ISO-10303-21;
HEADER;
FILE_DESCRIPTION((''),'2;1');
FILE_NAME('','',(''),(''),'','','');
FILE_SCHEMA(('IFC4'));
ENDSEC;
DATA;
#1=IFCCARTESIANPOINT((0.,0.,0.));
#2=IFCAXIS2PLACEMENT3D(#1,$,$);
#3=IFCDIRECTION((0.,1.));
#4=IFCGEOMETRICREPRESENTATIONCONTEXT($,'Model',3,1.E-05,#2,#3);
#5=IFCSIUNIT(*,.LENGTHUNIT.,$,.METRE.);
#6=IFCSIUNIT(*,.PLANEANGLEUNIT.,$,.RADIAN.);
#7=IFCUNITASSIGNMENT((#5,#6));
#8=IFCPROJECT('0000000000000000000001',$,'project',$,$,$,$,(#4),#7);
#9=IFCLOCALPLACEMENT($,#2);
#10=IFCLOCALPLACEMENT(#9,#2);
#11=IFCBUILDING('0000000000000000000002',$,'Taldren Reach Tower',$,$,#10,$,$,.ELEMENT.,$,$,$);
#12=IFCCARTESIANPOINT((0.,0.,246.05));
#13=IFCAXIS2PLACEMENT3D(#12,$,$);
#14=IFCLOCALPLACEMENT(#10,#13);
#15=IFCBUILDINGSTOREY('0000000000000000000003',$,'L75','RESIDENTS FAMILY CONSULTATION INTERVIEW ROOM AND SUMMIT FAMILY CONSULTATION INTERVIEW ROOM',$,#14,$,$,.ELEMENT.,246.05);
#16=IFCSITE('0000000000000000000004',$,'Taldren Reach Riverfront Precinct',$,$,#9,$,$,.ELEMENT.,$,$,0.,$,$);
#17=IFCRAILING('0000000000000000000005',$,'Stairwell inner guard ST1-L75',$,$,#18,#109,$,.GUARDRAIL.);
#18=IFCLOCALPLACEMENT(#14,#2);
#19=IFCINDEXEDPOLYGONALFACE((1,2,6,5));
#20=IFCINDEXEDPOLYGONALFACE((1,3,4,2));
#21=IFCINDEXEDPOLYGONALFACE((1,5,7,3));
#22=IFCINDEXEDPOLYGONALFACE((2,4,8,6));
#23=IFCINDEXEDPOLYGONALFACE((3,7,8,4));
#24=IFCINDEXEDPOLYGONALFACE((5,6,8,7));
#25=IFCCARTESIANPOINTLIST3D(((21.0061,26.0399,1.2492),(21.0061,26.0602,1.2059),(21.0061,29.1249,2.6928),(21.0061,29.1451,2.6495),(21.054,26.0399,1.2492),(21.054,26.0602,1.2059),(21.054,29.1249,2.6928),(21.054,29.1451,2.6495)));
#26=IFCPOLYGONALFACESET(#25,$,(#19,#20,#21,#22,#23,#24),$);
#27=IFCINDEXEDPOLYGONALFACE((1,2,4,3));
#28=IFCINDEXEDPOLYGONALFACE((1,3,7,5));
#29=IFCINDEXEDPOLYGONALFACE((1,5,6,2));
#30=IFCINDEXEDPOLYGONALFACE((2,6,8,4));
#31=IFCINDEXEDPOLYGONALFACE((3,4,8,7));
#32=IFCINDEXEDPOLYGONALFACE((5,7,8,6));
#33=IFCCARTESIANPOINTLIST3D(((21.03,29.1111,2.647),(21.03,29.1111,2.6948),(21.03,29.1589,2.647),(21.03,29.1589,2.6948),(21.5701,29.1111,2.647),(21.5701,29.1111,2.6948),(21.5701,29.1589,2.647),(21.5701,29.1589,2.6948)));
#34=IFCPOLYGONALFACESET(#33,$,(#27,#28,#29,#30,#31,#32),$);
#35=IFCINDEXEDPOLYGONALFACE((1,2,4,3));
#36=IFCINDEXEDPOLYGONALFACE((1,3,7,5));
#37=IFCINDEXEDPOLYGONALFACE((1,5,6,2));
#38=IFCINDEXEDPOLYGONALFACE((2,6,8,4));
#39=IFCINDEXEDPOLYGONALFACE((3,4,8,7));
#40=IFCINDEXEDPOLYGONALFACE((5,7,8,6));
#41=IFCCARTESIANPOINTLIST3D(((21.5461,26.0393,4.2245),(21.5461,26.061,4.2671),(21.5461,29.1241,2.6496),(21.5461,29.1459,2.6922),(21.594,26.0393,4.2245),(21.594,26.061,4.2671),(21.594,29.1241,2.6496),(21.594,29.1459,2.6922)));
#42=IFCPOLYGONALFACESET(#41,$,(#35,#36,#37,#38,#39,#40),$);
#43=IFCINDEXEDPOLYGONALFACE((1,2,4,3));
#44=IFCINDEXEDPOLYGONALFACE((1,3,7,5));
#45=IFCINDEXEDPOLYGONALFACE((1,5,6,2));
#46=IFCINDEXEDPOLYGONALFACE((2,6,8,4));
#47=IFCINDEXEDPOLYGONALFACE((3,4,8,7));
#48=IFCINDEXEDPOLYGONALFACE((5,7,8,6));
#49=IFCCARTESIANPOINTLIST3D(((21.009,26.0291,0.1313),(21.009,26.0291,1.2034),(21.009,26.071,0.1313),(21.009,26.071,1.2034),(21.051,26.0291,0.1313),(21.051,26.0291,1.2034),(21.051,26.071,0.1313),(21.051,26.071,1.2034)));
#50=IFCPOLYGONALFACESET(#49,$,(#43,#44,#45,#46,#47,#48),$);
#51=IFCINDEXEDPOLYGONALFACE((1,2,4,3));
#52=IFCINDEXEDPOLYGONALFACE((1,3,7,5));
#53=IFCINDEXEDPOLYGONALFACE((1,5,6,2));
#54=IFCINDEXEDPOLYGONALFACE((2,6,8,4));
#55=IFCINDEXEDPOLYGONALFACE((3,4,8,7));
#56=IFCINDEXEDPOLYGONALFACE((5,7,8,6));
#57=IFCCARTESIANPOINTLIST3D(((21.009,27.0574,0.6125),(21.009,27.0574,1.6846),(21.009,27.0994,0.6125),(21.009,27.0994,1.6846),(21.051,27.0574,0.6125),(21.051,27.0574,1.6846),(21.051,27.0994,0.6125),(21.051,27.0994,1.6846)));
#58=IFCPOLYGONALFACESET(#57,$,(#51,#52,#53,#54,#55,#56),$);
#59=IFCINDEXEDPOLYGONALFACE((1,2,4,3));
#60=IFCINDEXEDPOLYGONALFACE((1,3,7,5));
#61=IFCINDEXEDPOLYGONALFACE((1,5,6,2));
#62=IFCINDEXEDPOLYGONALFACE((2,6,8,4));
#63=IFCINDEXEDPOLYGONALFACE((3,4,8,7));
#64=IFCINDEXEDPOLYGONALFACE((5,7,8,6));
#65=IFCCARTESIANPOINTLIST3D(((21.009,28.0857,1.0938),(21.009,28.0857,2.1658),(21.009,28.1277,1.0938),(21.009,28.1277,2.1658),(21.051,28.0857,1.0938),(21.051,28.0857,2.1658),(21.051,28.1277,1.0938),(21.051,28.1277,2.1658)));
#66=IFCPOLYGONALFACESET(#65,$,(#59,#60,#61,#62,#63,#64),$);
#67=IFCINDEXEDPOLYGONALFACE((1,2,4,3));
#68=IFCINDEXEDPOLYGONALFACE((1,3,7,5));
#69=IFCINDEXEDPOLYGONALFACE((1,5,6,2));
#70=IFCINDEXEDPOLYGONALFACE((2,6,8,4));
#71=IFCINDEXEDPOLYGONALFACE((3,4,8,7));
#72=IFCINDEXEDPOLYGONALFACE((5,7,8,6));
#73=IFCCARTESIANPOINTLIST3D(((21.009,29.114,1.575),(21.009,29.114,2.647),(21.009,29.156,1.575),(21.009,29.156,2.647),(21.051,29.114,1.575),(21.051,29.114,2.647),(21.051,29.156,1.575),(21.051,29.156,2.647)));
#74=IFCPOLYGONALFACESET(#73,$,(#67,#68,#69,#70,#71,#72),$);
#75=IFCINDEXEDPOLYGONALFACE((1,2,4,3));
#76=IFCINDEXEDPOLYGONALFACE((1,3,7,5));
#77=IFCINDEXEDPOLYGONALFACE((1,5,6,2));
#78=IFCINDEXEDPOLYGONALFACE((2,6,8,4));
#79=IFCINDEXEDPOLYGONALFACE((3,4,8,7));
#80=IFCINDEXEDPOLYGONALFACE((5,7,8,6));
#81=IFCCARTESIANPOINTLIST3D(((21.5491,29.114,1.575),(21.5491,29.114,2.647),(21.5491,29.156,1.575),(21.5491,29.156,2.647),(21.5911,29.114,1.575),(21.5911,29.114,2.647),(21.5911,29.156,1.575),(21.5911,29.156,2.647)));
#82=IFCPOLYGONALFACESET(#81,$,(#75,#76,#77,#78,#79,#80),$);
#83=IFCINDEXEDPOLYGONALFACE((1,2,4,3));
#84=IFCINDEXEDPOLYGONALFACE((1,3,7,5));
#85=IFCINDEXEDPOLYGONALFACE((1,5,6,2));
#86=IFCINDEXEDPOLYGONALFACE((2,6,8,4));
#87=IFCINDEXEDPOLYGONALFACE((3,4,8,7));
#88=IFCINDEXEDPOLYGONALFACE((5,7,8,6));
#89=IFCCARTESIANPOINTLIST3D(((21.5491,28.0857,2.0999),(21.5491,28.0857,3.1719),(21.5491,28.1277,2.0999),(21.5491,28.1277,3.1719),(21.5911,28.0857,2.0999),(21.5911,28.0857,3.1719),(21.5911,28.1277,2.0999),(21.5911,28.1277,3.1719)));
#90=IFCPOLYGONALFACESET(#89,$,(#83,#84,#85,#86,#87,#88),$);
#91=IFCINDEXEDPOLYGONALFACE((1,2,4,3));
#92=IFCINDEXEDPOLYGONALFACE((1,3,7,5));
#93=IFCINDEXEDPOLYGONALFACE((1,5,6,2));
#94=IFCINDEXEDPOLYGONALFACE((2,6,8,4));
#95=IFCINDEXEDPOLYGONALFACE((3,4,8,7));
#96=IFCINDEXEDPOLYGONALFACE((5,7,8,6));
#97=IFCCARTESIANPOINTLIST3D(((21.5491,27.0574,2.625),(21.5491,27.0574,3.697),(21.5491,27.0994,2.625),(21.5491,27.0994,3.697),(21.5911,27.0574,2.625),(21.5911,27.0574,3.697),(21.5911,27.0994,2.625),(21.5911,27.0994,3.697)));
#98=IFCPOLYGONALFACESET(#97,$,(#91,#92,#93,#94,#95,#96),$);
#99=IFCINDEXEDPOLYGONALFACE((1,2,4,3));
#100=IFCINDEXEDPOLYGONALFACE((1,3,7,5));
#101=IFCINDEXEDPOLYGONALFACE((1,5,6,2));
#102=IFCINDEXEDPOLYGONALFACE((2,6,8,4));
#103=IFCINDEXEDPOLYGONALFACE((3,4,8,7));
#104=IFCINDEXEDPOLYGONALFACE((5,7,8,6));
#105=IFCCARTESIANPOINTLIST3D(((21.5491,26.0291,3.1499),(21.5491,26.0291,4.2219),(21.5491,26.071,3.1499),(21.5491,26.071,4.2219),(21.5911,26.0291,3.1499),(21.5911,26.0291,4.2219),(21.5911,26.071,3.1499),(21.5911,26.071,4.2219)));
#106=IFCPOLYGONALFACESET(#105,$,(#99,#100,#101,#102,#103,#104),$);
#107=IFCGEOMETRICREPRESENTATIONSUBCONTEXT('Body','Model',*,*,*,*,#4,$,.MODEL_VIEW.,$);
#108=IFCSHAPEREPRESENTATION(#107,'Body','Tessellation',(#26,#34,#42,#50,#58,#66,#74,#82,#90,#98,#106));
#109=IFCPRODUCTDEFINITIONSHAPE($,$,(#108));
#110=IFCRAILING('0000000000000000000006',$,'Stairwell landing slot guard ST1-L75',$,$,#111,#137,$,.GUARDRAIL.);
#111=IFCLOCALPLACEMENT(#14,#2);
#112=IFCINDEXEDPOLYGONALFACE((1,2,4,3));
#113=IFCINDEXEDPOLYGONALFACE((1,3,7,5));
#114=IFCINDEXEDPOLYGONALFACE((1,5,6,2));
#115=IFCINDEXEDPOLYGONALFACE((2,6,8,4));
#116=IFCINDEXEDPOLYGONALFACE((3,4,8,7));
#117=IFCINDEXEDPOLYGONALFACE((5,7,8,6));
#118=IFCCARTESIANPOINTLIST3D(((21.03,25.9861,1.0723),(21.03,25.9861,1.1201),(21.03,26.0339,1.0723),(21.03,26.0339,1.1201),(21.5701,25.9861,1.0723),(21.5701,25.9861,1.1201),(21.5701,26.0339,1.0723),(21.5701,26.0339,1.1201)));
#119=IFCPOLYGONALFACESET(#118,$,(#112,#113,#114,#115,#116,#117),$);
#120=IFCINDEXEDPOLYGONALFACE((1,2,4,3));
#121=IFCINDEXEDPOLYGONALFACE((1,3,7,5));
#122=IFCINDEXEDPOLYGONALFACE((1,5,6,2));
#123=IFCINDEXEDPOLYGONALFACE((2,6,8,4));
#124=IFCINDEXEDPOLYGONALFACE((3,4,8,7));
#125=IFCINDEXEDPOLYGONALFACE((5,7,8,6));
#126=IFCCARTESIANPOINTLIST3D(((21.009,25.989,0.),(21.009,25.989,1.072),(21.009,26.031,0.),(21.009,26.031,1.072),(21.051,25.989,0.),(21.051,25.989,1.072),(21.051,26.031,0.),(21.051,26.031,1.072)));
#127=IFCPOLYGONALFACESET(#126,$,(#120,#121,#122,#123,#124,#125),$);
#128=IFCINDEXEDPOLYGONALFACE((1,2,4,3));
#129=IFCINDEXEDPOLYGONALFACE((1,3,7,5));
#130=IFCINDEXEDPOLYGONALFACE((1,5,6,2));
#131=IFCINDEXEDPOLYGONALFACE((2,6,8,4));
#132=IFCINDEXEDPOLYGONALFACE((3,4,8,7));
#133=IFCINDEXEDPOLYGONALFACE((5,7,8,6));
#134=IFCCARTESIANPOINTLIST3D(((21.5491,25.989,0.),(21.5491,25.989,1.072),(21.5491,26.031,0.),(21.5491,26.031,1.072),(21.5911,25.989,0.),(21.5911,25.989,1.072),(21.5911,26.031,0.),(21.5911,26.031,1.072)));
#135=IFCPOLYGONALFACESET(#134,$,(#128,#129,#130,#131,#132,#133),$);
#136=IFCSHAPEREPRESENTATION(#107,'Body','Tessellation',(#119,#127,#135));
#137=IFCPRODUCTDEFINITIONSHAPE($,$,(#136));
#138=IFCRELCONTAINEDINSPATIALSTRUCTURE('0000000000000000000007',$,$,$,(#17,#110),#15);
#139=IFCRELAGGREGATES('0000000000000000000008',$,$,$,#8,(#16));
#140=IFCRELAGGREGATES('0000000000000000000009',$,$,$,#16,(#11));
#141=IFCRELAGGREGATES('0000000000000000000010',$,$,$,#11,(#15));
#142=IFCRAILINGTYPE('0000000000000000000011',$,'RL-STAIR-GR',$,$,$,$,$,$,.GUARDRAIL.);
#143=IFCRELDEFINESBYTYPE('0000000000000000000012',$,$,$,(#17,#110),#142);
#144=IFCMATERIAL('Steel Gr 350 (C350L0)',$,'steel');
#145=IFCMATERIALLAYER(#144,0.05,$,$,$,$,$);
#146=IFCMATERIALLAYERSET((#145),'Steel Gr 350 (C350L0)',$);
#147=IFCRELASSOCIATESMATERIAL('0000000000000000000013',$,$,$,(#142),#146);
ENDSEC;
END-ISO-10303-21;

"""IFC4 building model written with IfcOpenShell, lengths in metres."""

from ifc_helpers import new_model, si_unit, direction, frame, origin, origin_2d, place, context, subcontext, project, spatial, rectangle, extrude, material, layer, layer_set, type_object, element, save


model = new_model("IFC4")

# Units and contexts
model_context = context("Model", 3, precision=1e-05, world=origin(), true_north=direction((0.0, 1.0)))
body_context = subcontext(model_context, "Body", "Model", "MODEL_VIEW")
ifc_project = project(units=[si_unit("LENGTHUNIT", "METRE"), si_unit("PLANEANGLEUNIT", "RADIAN")], contexts=[model_context])

# Site, building, storey
site_placement = place(None, origin())
site = spatial("IfcSite", under=ifc_project, at=site_placement, Name="Taldren Reach Riverfront Precinct", CompositionType="ELEMENT", RefElevation=0.0)
building_placement = place(site_placement, origin())
building = spatial("IfcBuilding", under=site, at=building_placement, Name="Taldren Reach Tower", CompositionType="ELEMENT")
storey_placement = place(building_placement, frame((0.0, 0.0, 246.05)))
storey = spatial("IfcBuildingStorey", under=building, at=storey_placement, Name="L75", Description="RESIDENTS FAMILY CONSULTATION INTERVIEW ROOM AND SUMMIT FAMILY CONSULTATION INTERVIEW ROOM", CompositionType="ELEMENT", Elevation=246.05)

# Shared definitions
ifc_material_1 = material(Name="Steel Gr 350 (C350L0)", Category="steel")

# Railings
ifc_layer_1 = layer(ifc_material_1, 0.05)
ifc_layer_set_1 = layer_set([ifc_layer_1], Name="Steel Gr 350 (C350L0)")
railing_type_1 = type_object("IfcRailingType", Name="RL-STAIR-GR", PredefinedType="GUARDRAIL", material=ifc_layer_set_1)
railing_1_placement = place(storey_placement, frame((21.03, 26.05, 0.1313)))
element("IfcRailing", 1, at=railing_1_placement, inside=storey, type_object=railing_type_1, Name="Stairwell inner guard ST1-L75", PredefinedType="GUARDRAIL", context=body_context, shape_type="SweptSolid", body=[
    extrude(rectangle(XDim=0.0479, YDim=0.0479, at=origin_2d()), frame((0.0, 0.0, 1.0962), z_axis=(0.0, 0.905738, 0.423839), x_axis=(-1.0, 0.0, 0.0)), (0.0, 0.0, 1.0), 3.406),
    extrude(rectangle(XDim=0.0479, YDim=0.0479, at=origin_2d()), frame((0.0, 3.085, 2.5396), z_axis=(1.0, 0.0, 0.0), x_axis=(0.0, 1.0, 0.0)), (0.0, 0.0, 1.0), 0.54),
    extrude(rectangle(XDim=0.0479, YDim=0.0479, at=origin_2d()), frame((0.54, 3.085, 2.5396), z_axis=(0.0, -0.890646, 0.454697), x_axis=(1.0, 0.0, 0.0)), (0.0, 0.0, 1.0), 3.4636),
    extrude(rectangle(XDim=0.042, YDim=0.042, at=origin_2d()), origin(), (0.0, 0.0, 1.0), 1.072),
    extrude(rectangle(XDim=0.042, YDim=0.042, at=origin_2d()), frame((0.0, 1.0283, 0.4812)), (0.0, 0.0, 1.0), 1.072),
    extrude(rectangle(XDim=0.042, YDim=0.042, at=origin_2d()), frame((0.0, 2.0566, 0.9624)), (0.0, 0.0, 1.0), 1.072),
    extrude(rectangle(XDim=0.042, YDim=0.042, at=origin_2d()), frame((0.0, 3.085, 1.4436)), (0.0, 0.0, 1.0), 1.072),
    extrude(rectangle(XDim=0.042, YDim=0.042, at=origin_2d()), frame((0.54, 3.085, 1.4436)), (0.0, 0.0, 1.0), 1.072),
    extrude(rectangle(XDim=0.042, YDim=0.042, at=origin_2d()), frame((0.54, 2.0566, 1.9685)), (0.0, 0.0, 1.0), 1.072),
    extrude(rectangle(XDim=0.042, YDim=0.042, at=origin_2d()), frame((0.54, 1.0283, 2.4937)), (0.0, 0.0, 1.0), 1.072),
    extrude(rectangle(XDim=0.042, YDim=0.042, at=origin_2d()), frame((0.54, 0.0, 3.0186)), (0.0, 0.0, 1.0), 1.072),
])
railing_2_placement = place(storey_placement, frame((21.03, 26.01, 0.0)))
element("IfcRailing", 2, at=railing_2_placement, inside=storey, type_object=railing_type_1, Name="Stairwell landing slot guard ST1-L75", PredefinedType="GUARDRAIL", context=body_context, shape_type="SweptSolid", body=[
    extrude(rectangle(XDim=0.0479, YDim=0.0479, at=origin_2d()), frame((0.0, 0.0, 1.0962), z_axis=(1.0, 0.0, 0.0), x_axis=(0.0, 1.0, 0.0)), (0.0, 0.0, 1.0), 0.54),
    extrude(rectangle(XDim=0.042, YDim=0.042, at=origin_2d()), origin(), (0.0, 0.0, 1.0), 1.072),
    extrude(rectangle(XDim=0.042, YDim=0.042, at=origin_2d()), frame((0.54, 0.0, 0.0)), (0.0, 0.0, 1.0), 1.072),
])

save(model, "model.ifc")
